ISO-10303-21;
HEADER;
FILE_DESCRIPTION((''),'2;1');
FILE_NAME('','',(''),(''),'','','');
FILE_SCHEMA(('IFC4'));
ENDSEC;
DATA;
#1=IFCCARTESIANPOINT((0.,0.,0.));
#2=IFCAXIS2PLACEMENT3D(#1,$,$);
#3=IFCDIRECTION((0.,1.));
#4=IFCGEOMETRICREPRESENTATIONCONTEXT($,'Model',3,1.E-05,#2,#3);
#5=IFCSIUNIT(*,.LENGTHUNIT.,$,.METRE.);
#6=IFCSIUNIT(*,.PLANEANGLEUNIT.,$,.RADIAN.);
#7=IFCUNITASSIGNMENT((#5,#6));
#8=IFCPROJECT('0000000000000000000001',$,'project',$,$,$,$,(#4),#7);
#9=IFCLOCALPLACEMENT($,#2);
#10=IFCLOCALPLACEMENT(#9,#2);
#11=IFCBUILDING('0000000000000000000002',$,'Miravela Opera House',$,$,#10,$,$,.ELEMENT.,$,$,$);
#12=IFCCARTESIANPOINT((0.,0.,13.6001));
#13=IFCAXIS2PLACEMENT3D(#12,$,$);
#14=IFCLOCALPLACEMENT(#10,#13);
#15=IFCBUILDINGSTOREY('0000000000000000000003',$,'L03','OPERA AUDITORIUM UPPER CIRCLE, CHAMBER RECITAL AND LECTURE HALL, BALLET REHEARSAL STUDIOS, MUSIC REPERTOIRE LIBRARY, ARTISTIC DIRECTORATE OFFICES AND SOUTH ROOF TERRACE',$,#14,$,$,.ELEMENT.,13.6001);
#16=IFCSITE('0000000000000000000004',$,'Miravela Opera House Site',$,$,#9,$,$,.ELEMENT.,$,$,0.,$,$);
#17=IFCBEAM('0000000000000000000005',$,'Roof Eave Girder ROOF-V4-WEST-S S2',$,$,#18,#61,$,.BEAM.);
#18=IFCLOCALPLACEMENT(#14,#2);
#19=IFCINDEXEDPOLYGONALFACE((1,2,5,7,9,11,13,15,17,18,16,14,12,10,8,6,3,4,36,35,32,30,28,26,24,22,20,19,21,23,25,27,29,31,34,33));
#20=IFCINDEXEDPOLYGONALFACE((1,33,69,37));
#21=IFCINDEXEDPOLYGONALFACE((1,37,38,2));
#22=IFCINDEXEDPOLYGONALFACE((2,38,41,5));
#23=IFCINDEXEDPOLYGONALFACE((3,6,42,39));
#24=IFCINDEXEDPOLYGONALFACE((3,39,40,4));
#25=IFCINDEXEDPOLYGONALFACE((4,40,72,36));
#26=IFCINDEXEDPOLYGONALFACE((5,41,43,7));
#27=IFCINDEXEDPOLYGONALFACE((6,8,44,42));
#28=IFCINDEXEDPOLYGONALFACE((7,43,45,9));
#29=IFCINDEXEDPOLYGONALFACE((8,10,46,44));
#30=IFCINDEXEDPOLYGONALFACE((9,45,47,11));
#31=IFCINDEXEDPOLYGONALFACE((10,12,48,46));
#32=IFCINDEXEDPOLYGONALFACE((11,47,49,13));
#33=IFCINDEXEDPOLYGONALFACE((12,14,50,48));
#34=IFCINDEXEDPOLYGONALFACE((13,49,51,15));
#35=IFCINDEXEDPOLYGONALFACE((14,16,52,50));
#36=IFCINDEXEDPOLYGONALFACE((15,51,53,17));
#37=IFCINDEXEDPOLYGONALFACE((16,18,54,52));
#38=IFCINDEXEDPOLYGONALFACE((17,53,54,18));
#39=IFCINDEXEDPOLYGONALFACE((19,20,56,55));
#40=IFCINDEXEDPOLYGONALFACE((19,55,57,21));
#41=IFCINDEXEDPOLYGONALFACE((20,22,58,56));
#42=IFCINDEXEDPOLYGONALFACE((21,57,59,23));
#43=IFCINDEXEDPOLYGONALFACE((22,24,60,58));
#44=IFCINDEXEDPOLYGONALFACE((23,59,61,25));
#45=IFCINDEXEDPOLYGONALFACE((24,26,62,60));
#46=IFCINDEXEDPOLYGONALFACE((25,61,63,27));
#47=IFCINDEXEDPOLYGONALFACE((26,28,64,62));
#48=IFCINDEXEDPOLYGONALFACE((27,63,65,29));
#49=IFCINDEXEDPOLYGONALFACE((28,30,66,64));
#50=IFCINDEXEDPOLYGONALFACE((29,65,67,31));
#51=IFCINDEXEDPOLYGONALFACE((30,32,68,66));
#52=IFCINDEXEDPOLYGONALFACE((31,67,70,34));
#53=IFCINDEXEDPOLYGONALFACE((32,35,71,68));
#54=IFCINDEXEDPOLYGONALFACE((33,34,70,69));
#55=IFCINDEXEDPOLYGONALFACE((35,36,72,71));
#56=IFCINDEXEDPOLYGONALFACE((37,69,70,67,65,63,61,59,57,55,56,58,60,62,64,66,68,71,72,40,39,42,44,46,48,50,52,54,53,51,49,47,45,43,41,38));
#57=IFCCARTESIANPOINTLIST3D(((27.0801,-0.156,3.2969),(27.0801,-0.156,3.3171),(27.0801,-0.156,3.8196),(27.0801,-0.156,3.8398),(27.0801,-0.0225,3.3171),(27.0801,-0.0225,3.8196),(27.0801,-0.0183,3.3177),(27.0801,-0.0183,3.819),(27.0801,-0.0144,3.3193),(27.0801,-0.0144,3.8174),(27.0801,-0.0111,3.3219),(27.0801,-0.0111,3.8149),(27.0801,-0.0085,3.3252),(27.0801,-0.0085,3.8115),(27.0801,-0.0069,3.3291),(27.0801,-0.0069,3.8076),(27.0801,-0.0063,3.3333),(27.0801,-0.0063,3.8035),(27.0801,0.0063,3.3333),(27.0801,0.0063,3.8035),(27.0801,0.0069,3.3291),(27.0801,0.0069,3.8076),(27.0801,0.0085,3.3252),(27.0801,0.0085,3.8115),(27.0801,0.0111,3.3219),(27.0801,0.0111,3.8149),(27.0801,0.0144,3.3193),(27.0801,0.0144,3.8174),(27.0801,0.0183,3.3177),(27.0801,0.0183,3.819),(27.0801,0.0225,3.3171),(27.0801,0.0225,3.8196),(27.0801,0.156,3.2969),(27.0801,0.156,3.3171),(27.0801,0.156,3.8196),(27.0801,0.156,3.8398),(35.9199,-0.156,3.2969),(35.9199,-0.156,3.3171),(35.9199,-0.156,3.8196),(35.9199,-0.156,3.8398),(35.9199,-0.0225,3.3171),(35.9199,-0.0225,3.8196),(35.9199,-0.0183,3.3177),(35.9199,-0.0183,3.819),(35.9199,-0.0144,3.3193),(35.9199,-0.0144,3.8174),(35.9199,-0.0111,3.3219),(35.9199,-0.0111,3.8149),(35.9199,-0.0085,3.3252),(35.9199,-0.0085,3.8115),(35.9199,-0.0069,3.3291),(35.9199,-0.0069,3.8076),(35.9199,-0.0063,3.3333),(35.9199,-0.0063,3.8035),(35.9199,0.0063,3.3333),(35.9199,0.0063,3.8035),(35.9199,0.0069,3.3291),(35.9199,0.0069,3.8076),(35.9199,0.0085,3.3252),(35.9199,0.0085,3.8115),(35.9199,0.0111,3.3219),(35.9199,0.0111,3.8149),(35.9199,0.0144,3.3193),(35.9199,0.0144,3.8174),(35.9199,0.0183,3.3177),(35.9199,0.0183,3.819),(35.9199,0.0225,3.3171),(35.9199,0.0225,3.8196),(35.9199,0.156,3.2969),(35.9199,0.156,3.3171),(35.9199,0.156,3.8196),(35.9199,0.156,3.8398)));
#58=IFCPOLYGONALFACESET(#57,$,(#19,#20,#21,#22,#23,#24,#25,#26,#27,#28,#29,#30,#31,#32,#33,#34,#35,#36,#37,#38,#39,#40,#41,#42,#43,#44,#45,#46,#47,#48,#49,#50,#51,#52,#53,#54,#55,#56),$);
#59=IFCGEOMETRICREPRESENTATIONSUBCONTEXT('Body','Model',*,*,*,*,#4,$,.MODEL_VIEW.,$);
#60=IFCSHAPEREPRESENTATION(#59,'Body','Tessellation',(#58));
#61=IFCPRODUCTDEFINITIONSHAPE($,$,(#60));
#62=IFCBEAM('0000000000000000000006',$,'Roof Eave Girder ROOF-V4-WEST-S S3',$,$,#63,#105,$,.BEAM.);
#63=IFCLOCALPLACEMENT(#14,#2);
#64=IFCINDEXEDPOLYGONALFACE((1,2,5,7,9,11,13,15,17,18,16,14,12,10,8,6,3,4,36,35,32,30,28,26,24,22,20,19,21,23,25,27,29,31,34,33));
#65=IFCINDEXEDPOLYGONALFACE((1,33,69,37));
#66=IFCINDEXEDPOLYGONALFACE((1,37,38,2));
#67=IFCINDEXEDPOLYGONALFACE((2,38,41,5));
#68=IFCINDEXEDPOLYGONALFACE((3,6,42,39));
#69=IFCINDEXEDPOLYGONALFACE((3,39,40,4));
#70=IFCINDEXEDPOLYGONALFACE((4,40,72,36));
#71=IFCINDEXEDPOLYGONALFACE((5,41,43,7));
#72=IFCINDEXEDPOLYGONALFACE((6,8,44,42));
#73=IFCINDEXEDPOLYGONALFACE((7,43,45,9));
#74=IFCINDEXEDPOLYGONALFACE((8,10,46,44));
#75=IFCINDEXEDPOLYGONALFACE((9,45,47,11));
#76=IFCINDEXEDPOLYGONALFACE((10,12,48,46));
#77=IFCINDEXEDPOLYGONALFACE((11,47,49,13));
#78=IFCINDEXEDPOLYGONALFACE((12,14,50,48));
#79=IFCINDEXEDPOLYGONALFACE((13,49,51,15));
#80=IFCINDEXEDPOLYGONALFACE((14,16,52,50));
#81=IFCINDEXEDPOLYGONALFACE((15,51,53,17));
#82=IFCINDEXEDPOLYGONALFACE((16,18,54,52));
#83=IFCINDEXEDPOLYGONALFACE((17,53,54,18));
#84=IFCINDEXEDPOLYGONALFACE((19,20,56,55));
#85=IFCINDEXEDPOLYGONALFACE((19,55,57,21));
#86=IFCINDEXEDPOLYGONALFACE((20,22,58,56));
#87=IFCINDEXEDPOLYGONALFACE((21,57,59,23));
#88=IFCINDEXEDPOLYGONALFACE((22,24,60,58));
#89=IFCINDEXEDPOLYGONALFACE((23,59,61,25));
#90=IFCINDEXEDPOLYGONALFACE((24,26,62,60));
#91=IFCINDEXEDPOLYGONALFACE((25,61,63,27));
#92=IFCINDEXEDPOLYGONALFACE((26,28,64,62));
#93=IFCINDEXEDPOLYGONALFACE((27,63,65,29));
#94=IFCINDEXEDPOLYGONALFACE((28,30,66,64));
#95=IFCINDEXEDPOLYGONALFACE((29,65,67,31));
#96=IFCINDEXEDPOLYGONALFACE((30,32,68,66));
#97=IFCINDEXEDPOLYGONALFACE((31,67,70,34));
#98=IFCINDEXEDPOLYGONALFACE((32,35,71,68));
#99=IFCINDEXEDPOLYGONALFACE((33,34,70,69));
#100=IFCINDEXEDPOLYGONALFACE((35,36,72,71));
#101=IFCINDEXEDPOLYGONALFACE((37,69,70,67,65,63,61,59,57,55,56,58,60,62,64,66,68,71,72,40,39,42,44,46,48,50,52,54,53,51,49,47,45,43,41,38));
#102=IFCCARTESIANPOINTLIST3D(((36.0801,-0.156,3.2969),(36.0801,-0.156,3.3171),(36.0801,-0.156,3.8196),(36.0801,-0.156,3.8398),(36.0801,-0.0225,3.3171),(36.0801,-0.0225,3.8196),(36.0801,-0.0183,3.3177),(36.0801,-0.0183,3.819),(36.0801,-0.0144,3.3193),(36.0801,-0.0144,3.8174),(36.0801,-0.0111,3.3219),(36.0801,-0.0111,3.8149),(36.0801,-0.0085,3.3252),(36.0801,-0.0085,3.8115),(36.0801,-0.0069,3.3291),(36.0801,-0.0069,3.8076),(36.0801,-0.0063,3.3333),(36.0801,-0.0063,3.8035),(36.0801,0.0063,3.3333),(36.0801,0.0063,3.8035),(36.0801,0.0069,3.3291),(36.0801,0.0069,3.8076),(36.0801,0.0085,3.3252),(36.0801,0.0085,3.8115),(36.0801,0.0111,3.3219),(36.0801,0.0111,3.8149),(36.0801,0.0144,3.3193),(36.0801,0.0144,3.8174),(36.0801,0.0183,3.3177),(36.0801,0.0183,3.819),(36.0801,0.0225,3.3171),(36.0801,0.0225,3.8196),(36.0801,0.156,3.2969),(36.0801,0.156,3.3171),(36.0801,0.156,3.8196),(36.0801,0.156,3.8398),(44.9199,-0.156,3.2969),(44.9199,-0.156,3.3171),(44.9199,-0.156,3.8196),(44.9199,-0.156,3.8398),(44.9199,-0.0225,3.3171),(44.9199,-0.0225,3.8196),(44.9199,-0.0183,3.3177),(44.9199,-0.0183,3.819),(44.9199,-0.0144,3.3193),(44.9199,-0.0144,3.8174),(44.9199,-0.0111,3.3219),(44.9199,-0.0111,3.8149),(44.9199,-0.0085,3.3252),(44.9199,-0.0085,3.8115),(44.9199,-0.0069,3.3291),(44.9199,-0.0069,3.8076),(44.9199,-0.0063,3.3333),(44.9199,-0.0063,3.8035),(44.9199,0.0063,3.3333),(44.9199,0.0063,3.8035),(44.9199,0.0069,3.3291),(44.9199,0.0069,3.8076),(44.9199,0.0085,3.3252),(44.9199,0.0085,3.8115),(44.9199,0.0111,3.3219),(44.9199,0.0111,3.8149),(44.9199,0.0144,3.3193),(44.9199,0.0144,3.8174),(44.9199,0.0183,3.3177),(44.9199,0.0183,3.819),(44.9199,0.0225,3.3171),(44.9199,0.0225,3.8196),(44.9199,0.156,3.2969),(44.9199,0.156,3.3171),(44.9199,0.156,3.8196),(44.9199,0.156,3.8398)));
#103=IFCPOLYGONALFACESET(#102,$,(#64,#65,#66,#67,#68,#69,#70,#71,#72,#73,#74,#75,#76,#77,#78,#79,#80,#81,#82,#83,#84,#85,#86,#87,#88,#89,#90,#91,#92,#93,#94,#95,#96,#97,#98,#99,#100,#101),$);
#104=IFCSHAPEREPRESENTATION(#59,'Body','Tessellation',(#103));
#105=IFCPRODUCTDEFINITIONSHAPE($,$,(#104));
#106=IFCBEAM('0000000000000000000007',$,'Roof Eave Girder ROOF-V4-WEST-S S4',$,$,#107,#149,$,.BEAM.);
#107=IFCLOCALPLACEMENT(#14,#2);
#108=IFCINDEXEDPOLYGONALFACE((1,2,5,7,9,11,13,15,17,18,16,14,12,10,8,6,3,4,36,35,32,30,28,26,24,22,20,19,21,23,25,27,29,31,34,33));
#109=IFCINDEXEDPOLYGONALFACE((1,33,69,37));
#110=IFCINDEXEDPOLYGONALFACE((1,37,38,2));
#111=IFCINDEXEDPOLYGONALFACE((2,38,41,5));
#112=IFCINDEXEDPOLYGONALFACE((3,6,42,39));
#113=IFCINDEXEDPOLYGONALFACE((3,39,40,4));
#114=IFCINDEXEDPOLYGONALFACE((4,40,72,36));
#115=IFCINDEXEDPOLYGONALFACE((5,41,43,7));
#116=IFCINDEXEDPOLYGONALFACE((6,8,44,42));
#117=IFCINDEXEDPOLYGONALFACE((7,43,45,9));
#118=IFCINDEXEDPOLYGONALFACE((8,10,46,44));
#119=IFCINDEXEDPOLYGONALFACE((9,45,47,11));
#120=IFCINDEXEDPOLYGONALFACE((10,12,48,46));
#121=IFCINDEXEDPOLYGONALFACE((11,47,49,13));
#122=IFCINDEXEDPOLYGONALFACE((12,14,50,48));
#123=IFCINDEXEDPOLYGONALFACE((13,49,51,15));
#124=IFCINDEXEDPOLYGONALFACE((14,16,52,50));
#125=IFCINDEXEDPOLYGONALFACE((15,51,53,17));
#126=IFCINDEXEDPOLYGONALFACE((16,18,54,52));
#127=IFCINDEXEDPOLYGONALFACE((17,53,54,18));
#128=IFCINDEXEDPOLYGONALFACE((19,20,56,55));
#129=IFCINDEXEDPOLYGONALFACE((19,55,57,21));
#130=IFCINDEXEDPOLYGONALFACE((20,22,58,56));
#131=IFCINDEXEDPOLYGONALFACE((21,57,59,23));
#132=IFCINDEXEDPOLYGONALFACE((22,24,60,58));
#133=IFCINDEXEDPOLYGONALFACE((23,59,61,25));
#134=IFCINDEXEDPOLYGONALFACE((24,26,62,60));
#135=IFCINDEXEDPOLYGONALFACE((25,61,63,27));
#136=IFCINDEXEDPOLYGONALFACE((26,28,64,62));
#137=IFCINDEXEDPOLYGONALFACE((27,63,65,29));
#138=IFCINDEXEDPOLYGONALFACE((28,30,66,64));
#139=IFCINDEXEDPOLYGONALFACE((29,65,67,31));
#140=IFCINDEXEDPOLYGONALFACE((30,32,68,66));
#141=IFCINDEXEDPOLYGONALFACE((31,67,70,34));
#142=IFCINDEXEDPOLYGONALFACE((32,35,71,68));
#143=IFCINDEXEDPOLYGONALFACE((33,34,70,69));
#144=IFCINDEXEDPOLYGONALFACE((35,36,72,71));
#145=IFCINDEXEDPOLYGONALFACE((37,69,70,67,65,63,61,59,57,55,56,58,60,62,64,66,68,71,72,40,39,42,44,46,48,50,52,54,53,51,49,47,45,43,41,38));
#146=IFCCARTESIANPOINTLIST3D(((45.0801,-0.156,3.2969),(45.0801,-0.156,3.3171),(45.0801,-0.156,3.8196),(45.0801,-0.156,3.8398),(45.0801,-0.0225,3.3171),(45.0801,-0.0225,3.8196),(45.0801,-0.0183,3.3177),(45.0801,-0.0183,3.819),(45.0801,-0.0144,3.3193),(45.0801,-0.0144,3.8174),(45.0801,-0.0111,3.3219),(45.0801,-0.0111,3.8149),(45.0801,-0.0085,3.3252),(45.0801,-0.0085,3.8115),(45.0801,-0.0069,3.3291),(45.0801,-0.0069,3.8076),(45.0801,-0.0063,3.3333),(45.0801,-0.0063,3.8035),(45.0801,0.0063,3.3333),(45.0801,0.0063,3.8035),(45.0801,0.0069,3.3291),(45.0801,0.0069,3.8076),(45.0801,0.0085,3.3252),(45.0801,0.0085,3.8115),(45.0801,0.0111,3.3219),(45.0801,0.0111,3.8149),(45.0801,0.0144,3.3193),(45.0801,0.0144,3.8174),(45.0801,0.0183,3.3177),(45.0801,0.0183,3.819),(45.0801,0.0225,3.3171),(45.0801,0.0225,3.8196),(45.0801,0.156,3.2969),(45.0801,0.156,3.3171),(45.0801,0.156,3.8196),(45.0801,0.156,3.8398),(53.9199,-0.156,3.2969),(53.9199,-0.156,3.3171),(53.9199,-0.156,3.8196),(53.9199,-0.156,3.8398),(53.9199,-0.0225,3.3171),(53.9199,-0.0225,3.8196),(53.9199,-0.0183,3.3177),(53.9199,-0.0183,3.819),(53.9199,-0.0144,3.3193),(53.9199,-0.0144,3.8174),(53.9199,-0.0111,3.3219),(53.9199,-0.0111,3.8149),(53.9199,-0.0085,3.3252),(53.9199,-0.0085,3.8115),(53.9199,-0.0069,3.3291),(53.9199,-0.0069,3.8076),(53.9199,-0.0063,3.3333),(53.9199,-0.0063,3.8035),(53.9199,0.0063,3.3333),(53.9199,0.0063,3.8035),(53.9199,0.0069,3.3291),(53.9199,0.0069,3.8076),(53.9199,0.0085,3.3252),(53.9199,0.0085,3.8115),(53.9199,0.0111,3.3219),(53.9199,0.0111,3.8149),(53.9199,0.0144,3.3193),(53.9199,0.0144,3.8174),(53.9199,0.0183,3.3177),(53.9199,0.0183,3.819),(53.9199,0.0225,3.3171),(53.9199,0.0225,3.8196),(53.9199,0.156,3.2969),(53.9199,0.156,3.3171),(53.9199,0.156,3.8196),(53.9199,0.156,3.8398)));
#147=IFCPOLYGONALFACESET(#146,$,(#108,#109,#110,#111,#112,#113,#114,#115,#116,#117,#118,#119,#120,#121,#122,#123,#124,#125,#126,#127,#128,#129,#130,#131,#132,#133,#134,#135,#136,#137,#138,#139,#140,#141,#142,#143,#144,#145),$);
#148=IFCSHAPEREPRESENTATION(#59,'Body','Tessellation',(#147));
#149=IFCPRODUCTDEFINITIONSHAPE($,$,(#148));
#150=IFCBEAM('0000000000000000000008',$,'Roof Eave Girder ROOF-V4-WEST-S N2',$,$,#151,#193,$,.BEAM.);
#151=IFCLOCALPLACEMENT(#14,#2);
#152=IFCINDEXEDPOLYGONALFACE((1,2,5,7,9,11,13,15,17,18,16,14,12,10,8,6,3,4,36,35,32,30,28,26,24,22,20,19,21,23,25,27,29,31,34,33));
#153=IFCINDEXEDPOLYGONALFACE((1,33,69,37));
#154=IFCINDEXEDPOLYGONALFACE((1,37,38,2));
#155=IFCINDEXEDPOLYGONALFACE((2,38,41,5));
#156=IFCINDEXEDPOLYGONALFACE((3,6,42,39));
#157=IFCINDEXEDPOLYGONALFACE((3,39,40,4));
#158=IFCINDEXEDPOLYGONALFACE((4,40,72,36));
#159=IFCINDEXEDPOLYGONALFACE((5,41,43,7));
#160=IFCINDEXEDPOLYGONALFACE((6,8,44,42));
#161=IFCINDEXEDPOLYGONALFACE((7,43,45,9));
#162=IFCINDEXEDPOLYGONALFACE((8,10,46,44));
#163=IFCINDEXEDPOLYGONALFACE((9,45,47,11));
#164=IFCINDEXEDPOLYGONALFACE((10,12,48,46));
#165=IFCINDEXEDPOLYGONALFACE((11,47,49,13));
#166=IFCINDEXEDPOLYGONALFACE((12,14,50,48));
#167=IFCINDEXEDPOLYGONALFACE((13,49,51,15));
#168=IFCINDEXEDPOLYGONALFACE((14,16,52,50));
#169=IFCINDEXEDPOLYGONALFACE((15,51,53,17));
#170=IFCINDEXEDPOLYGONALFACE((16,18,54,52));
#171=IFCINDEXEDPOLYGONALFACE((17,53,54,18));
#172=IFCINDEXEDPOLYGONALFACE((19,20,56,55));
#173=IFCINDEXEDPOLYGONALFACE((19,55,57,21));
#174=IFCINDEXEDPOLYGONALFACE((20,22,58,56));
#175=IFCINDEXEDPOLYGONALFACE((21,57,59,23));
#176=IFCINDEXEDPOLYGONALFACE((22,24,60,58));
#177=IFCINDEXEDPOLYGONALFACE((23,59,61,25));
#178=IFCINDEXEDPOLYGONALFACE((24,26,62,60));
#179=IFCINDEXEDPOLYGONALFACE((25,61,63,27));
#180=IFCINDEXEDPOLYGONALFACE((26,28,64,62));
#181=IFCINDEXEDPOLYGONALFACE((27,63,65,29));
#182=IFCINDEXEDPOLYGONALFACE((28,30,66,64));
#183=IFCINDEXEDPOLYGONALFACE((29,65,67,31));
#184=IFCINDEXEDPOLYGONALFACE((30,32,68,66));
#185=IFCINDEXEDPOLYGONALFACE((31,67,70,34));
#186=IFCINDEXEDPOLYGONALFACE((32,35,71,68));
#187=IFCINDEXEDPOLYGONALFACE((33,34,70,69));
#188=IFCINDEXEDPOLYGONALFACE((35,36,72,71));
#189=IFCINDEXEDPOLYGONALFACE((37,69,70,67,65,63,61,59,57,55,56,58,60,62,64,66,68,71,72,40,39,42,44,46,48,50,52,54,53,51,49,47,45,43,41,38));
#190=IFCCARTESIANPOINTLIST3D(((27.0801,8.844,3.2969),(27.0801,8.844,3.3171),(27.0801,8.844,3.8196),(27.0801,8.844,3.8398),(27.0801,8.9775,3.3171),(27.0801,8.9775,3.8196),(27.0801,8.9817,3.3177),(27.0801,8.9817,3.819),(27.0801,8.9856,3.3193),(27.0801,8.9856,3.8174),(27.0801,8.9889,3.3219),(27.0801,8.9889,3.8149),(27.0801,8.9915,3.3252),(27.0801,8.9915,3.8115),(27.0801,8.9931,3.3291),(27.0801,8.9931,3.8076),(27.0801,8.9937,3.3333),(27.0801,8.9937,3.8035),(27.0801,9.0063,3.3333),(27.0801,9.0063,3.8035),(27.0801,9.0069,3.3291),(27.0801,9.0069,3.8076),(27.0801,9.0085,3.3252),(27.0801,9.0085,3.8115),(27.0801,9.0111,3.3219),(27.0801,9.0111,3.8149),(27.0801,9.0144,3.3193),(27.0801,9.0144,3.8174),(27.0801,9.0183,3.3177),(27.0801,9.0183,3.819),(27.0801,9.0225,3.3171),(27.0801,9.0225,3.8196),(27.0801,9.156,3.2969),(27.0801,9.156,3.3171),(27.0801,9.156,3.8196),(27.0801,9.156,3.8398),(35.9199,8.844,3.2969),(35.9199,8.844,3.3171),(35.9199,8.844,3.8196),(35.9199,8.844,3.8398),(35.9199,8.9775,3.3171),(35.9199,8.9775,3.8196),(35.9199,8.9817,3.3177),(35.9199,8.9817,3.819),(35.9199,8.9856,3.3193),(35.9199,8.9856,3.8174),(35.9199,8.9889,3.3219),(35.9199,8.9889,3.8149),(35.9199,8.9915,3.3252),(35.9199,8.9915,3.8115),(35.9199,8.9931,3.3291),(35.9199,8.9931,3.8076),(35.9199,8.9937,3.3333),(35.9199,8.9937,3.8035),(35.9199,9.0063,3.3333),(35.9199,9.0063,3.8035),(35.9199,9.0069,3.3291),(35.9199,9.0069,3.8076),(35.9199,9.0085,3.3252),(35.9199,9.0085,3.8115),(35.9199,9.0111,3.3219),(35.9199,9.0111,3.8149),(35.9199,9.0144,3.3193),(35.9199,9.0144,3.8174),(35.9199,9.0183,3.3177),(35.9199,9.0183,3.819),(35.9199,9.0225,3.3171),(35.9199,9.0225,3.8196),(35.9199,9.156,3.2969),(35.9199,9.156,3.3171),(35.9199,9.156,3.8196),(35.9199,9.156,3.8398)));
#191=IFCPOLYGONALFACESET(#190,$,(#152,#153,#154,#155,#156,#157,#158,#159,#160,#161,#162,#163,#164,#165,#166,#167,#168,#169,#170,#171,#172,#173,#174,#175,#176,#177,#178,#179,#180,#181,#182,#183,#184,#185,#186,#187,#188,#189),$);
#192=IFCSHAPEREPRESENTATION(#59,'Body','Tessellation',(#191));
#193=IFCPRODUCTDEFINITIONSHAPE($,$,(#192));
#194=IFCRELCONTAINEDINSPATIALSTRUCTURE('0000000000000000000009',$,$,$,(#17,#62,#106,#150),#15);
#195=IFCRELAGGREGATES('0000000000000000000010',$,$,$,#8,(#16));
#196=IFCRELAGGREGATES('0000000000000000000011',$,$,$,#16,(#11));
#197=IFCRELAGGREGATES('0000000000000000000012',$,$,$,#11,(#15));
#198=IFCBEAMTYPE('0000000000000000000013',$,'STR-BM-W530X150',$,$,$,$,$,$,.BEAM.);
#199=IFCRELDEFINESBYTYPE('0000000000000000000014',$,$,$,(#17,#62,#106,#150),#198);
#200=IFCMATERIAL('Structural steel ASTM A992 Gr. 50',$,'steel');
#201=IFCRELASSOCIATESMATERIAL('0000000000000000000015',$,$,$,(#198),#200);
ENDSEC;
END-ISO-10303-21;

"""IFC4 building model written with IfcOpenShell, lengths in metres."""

from ifc_helpers import new_model, si_unit, direction, frame, origin, origin_2d, place, context, subcontext, project, spatial, i_section, extrude, material, material_profile, profile_set, type_object, element, save


model = new_model("IFC4")

# Units and contexts
model_context = context("Model", 3, precision=1e-05, world=origin(), true_north=direction((0.0, 1.0)))
body_context = subcontext(model_context, "Body", "Model", "MODEL_VIEW")
ifc_project = project(units=[si_unit("LENGTHUNIT", "METRE"), si_unit("PLANEANGLEUNIT", "RADIAN")], contexts=[model_context])

# Site, building, storey
site_placement = place(None, origin())
site = spatial("IfcSite", under=ifc_project, at=site_placement, Name="Miravela Opera House Site", CompositionType="ELEMENT", RefElevation=0.0)
building_placement = place(site_placement, origin())
building = spatial("IfcBuilding", under=site, at=building_placement, Name="Miravela Opera House", CompositionType="ELEMENT")
storey_placement = place(building_placement, frame((0.0, 0.0, 13.6001)))
storey = spatial("IfcBuildingStorey", under=building, at=storey_placement, Name="L03", Description="OPERA AUDITORIUM UPPER CIRCLE, CHAMBER RECITAL AND LECTURE HALL, BALLET REHEARSAL STUDIOS, MUSIC REPERTOIRE LIBRARY, ARTISTIC DIRECTORATE OFFICES AND SOUTH ROOF TERRACE", CompositionType="ELEMENT", Elevation=13.6001)

# Beams
ifc_material_1 = material(Name="Structural steel ASTM A992 Gr. 50", Category="steel")
ifc_material_profile_1 = material_profile(ifc_material_1, i_section(OverallWidth=0.312, OverallDepth=0.543, WebThickness=0.0127, FlangeThickness=0.0203, FilletRadius=0.0161, at=origin_2d()), Name="W530X150")
ifc_profile_set_1 = profile_set([ifc_material_profile_1])
beam_type = type_object("IfcBeamType", Name="STR-BM-W530X150", PredefinedType="BEAM", material=ifc_profile_set_1)
for number, where, z_axis, x_axis, name in (
    (1, (27.0801, 0.0, 3.5684), (1.0, 0.0, 0.0), (0.0, 1.0, 0.0), "Roof Eave Girder ROOF-V4-WEST-S S2"),
    (2, (36.0801, 0.0, 3.5684), (1.0, 0.0, 0.0), (0.0, 1.0, 0.0), "Roof Eave Girder ROOF-V4-WEST-S S3"),
    (3, (45.0801, 0.0, 3.5684), (1.0, 0.0, 0.0), (0.0, 1.0, 0.0), "Roof Eave Girder ROOF-V4-WEST-S S4"),
    (4, (27.0801, 9.0, 3.5684), (1.0, 0.0, 0.0), (0.0, 1.0, 0.0), "Roof Eave Girder ROOF-V4-WEST-S N2"),
):
    element("IfcBeam", number, at=place(storey_placement, frame(where, z_axis=z_axis, x_axis=x_axis)), inside=storey, type_object=beam_type, Name=name, PredefinedType="BEAM", context=body_context, shape_type="SweptSolid", body=[
        extrude(i_section(OverallWidth=0.312, OverallDepth=0.543, WebThickness=0.0127, FlangeThickness=0.0203, FilletRadius=0.0161, at=origin_2d()), origin(), (0.0, 0.0, 1.0), 8.8398),
    ])

save(model, "model.ifc")
